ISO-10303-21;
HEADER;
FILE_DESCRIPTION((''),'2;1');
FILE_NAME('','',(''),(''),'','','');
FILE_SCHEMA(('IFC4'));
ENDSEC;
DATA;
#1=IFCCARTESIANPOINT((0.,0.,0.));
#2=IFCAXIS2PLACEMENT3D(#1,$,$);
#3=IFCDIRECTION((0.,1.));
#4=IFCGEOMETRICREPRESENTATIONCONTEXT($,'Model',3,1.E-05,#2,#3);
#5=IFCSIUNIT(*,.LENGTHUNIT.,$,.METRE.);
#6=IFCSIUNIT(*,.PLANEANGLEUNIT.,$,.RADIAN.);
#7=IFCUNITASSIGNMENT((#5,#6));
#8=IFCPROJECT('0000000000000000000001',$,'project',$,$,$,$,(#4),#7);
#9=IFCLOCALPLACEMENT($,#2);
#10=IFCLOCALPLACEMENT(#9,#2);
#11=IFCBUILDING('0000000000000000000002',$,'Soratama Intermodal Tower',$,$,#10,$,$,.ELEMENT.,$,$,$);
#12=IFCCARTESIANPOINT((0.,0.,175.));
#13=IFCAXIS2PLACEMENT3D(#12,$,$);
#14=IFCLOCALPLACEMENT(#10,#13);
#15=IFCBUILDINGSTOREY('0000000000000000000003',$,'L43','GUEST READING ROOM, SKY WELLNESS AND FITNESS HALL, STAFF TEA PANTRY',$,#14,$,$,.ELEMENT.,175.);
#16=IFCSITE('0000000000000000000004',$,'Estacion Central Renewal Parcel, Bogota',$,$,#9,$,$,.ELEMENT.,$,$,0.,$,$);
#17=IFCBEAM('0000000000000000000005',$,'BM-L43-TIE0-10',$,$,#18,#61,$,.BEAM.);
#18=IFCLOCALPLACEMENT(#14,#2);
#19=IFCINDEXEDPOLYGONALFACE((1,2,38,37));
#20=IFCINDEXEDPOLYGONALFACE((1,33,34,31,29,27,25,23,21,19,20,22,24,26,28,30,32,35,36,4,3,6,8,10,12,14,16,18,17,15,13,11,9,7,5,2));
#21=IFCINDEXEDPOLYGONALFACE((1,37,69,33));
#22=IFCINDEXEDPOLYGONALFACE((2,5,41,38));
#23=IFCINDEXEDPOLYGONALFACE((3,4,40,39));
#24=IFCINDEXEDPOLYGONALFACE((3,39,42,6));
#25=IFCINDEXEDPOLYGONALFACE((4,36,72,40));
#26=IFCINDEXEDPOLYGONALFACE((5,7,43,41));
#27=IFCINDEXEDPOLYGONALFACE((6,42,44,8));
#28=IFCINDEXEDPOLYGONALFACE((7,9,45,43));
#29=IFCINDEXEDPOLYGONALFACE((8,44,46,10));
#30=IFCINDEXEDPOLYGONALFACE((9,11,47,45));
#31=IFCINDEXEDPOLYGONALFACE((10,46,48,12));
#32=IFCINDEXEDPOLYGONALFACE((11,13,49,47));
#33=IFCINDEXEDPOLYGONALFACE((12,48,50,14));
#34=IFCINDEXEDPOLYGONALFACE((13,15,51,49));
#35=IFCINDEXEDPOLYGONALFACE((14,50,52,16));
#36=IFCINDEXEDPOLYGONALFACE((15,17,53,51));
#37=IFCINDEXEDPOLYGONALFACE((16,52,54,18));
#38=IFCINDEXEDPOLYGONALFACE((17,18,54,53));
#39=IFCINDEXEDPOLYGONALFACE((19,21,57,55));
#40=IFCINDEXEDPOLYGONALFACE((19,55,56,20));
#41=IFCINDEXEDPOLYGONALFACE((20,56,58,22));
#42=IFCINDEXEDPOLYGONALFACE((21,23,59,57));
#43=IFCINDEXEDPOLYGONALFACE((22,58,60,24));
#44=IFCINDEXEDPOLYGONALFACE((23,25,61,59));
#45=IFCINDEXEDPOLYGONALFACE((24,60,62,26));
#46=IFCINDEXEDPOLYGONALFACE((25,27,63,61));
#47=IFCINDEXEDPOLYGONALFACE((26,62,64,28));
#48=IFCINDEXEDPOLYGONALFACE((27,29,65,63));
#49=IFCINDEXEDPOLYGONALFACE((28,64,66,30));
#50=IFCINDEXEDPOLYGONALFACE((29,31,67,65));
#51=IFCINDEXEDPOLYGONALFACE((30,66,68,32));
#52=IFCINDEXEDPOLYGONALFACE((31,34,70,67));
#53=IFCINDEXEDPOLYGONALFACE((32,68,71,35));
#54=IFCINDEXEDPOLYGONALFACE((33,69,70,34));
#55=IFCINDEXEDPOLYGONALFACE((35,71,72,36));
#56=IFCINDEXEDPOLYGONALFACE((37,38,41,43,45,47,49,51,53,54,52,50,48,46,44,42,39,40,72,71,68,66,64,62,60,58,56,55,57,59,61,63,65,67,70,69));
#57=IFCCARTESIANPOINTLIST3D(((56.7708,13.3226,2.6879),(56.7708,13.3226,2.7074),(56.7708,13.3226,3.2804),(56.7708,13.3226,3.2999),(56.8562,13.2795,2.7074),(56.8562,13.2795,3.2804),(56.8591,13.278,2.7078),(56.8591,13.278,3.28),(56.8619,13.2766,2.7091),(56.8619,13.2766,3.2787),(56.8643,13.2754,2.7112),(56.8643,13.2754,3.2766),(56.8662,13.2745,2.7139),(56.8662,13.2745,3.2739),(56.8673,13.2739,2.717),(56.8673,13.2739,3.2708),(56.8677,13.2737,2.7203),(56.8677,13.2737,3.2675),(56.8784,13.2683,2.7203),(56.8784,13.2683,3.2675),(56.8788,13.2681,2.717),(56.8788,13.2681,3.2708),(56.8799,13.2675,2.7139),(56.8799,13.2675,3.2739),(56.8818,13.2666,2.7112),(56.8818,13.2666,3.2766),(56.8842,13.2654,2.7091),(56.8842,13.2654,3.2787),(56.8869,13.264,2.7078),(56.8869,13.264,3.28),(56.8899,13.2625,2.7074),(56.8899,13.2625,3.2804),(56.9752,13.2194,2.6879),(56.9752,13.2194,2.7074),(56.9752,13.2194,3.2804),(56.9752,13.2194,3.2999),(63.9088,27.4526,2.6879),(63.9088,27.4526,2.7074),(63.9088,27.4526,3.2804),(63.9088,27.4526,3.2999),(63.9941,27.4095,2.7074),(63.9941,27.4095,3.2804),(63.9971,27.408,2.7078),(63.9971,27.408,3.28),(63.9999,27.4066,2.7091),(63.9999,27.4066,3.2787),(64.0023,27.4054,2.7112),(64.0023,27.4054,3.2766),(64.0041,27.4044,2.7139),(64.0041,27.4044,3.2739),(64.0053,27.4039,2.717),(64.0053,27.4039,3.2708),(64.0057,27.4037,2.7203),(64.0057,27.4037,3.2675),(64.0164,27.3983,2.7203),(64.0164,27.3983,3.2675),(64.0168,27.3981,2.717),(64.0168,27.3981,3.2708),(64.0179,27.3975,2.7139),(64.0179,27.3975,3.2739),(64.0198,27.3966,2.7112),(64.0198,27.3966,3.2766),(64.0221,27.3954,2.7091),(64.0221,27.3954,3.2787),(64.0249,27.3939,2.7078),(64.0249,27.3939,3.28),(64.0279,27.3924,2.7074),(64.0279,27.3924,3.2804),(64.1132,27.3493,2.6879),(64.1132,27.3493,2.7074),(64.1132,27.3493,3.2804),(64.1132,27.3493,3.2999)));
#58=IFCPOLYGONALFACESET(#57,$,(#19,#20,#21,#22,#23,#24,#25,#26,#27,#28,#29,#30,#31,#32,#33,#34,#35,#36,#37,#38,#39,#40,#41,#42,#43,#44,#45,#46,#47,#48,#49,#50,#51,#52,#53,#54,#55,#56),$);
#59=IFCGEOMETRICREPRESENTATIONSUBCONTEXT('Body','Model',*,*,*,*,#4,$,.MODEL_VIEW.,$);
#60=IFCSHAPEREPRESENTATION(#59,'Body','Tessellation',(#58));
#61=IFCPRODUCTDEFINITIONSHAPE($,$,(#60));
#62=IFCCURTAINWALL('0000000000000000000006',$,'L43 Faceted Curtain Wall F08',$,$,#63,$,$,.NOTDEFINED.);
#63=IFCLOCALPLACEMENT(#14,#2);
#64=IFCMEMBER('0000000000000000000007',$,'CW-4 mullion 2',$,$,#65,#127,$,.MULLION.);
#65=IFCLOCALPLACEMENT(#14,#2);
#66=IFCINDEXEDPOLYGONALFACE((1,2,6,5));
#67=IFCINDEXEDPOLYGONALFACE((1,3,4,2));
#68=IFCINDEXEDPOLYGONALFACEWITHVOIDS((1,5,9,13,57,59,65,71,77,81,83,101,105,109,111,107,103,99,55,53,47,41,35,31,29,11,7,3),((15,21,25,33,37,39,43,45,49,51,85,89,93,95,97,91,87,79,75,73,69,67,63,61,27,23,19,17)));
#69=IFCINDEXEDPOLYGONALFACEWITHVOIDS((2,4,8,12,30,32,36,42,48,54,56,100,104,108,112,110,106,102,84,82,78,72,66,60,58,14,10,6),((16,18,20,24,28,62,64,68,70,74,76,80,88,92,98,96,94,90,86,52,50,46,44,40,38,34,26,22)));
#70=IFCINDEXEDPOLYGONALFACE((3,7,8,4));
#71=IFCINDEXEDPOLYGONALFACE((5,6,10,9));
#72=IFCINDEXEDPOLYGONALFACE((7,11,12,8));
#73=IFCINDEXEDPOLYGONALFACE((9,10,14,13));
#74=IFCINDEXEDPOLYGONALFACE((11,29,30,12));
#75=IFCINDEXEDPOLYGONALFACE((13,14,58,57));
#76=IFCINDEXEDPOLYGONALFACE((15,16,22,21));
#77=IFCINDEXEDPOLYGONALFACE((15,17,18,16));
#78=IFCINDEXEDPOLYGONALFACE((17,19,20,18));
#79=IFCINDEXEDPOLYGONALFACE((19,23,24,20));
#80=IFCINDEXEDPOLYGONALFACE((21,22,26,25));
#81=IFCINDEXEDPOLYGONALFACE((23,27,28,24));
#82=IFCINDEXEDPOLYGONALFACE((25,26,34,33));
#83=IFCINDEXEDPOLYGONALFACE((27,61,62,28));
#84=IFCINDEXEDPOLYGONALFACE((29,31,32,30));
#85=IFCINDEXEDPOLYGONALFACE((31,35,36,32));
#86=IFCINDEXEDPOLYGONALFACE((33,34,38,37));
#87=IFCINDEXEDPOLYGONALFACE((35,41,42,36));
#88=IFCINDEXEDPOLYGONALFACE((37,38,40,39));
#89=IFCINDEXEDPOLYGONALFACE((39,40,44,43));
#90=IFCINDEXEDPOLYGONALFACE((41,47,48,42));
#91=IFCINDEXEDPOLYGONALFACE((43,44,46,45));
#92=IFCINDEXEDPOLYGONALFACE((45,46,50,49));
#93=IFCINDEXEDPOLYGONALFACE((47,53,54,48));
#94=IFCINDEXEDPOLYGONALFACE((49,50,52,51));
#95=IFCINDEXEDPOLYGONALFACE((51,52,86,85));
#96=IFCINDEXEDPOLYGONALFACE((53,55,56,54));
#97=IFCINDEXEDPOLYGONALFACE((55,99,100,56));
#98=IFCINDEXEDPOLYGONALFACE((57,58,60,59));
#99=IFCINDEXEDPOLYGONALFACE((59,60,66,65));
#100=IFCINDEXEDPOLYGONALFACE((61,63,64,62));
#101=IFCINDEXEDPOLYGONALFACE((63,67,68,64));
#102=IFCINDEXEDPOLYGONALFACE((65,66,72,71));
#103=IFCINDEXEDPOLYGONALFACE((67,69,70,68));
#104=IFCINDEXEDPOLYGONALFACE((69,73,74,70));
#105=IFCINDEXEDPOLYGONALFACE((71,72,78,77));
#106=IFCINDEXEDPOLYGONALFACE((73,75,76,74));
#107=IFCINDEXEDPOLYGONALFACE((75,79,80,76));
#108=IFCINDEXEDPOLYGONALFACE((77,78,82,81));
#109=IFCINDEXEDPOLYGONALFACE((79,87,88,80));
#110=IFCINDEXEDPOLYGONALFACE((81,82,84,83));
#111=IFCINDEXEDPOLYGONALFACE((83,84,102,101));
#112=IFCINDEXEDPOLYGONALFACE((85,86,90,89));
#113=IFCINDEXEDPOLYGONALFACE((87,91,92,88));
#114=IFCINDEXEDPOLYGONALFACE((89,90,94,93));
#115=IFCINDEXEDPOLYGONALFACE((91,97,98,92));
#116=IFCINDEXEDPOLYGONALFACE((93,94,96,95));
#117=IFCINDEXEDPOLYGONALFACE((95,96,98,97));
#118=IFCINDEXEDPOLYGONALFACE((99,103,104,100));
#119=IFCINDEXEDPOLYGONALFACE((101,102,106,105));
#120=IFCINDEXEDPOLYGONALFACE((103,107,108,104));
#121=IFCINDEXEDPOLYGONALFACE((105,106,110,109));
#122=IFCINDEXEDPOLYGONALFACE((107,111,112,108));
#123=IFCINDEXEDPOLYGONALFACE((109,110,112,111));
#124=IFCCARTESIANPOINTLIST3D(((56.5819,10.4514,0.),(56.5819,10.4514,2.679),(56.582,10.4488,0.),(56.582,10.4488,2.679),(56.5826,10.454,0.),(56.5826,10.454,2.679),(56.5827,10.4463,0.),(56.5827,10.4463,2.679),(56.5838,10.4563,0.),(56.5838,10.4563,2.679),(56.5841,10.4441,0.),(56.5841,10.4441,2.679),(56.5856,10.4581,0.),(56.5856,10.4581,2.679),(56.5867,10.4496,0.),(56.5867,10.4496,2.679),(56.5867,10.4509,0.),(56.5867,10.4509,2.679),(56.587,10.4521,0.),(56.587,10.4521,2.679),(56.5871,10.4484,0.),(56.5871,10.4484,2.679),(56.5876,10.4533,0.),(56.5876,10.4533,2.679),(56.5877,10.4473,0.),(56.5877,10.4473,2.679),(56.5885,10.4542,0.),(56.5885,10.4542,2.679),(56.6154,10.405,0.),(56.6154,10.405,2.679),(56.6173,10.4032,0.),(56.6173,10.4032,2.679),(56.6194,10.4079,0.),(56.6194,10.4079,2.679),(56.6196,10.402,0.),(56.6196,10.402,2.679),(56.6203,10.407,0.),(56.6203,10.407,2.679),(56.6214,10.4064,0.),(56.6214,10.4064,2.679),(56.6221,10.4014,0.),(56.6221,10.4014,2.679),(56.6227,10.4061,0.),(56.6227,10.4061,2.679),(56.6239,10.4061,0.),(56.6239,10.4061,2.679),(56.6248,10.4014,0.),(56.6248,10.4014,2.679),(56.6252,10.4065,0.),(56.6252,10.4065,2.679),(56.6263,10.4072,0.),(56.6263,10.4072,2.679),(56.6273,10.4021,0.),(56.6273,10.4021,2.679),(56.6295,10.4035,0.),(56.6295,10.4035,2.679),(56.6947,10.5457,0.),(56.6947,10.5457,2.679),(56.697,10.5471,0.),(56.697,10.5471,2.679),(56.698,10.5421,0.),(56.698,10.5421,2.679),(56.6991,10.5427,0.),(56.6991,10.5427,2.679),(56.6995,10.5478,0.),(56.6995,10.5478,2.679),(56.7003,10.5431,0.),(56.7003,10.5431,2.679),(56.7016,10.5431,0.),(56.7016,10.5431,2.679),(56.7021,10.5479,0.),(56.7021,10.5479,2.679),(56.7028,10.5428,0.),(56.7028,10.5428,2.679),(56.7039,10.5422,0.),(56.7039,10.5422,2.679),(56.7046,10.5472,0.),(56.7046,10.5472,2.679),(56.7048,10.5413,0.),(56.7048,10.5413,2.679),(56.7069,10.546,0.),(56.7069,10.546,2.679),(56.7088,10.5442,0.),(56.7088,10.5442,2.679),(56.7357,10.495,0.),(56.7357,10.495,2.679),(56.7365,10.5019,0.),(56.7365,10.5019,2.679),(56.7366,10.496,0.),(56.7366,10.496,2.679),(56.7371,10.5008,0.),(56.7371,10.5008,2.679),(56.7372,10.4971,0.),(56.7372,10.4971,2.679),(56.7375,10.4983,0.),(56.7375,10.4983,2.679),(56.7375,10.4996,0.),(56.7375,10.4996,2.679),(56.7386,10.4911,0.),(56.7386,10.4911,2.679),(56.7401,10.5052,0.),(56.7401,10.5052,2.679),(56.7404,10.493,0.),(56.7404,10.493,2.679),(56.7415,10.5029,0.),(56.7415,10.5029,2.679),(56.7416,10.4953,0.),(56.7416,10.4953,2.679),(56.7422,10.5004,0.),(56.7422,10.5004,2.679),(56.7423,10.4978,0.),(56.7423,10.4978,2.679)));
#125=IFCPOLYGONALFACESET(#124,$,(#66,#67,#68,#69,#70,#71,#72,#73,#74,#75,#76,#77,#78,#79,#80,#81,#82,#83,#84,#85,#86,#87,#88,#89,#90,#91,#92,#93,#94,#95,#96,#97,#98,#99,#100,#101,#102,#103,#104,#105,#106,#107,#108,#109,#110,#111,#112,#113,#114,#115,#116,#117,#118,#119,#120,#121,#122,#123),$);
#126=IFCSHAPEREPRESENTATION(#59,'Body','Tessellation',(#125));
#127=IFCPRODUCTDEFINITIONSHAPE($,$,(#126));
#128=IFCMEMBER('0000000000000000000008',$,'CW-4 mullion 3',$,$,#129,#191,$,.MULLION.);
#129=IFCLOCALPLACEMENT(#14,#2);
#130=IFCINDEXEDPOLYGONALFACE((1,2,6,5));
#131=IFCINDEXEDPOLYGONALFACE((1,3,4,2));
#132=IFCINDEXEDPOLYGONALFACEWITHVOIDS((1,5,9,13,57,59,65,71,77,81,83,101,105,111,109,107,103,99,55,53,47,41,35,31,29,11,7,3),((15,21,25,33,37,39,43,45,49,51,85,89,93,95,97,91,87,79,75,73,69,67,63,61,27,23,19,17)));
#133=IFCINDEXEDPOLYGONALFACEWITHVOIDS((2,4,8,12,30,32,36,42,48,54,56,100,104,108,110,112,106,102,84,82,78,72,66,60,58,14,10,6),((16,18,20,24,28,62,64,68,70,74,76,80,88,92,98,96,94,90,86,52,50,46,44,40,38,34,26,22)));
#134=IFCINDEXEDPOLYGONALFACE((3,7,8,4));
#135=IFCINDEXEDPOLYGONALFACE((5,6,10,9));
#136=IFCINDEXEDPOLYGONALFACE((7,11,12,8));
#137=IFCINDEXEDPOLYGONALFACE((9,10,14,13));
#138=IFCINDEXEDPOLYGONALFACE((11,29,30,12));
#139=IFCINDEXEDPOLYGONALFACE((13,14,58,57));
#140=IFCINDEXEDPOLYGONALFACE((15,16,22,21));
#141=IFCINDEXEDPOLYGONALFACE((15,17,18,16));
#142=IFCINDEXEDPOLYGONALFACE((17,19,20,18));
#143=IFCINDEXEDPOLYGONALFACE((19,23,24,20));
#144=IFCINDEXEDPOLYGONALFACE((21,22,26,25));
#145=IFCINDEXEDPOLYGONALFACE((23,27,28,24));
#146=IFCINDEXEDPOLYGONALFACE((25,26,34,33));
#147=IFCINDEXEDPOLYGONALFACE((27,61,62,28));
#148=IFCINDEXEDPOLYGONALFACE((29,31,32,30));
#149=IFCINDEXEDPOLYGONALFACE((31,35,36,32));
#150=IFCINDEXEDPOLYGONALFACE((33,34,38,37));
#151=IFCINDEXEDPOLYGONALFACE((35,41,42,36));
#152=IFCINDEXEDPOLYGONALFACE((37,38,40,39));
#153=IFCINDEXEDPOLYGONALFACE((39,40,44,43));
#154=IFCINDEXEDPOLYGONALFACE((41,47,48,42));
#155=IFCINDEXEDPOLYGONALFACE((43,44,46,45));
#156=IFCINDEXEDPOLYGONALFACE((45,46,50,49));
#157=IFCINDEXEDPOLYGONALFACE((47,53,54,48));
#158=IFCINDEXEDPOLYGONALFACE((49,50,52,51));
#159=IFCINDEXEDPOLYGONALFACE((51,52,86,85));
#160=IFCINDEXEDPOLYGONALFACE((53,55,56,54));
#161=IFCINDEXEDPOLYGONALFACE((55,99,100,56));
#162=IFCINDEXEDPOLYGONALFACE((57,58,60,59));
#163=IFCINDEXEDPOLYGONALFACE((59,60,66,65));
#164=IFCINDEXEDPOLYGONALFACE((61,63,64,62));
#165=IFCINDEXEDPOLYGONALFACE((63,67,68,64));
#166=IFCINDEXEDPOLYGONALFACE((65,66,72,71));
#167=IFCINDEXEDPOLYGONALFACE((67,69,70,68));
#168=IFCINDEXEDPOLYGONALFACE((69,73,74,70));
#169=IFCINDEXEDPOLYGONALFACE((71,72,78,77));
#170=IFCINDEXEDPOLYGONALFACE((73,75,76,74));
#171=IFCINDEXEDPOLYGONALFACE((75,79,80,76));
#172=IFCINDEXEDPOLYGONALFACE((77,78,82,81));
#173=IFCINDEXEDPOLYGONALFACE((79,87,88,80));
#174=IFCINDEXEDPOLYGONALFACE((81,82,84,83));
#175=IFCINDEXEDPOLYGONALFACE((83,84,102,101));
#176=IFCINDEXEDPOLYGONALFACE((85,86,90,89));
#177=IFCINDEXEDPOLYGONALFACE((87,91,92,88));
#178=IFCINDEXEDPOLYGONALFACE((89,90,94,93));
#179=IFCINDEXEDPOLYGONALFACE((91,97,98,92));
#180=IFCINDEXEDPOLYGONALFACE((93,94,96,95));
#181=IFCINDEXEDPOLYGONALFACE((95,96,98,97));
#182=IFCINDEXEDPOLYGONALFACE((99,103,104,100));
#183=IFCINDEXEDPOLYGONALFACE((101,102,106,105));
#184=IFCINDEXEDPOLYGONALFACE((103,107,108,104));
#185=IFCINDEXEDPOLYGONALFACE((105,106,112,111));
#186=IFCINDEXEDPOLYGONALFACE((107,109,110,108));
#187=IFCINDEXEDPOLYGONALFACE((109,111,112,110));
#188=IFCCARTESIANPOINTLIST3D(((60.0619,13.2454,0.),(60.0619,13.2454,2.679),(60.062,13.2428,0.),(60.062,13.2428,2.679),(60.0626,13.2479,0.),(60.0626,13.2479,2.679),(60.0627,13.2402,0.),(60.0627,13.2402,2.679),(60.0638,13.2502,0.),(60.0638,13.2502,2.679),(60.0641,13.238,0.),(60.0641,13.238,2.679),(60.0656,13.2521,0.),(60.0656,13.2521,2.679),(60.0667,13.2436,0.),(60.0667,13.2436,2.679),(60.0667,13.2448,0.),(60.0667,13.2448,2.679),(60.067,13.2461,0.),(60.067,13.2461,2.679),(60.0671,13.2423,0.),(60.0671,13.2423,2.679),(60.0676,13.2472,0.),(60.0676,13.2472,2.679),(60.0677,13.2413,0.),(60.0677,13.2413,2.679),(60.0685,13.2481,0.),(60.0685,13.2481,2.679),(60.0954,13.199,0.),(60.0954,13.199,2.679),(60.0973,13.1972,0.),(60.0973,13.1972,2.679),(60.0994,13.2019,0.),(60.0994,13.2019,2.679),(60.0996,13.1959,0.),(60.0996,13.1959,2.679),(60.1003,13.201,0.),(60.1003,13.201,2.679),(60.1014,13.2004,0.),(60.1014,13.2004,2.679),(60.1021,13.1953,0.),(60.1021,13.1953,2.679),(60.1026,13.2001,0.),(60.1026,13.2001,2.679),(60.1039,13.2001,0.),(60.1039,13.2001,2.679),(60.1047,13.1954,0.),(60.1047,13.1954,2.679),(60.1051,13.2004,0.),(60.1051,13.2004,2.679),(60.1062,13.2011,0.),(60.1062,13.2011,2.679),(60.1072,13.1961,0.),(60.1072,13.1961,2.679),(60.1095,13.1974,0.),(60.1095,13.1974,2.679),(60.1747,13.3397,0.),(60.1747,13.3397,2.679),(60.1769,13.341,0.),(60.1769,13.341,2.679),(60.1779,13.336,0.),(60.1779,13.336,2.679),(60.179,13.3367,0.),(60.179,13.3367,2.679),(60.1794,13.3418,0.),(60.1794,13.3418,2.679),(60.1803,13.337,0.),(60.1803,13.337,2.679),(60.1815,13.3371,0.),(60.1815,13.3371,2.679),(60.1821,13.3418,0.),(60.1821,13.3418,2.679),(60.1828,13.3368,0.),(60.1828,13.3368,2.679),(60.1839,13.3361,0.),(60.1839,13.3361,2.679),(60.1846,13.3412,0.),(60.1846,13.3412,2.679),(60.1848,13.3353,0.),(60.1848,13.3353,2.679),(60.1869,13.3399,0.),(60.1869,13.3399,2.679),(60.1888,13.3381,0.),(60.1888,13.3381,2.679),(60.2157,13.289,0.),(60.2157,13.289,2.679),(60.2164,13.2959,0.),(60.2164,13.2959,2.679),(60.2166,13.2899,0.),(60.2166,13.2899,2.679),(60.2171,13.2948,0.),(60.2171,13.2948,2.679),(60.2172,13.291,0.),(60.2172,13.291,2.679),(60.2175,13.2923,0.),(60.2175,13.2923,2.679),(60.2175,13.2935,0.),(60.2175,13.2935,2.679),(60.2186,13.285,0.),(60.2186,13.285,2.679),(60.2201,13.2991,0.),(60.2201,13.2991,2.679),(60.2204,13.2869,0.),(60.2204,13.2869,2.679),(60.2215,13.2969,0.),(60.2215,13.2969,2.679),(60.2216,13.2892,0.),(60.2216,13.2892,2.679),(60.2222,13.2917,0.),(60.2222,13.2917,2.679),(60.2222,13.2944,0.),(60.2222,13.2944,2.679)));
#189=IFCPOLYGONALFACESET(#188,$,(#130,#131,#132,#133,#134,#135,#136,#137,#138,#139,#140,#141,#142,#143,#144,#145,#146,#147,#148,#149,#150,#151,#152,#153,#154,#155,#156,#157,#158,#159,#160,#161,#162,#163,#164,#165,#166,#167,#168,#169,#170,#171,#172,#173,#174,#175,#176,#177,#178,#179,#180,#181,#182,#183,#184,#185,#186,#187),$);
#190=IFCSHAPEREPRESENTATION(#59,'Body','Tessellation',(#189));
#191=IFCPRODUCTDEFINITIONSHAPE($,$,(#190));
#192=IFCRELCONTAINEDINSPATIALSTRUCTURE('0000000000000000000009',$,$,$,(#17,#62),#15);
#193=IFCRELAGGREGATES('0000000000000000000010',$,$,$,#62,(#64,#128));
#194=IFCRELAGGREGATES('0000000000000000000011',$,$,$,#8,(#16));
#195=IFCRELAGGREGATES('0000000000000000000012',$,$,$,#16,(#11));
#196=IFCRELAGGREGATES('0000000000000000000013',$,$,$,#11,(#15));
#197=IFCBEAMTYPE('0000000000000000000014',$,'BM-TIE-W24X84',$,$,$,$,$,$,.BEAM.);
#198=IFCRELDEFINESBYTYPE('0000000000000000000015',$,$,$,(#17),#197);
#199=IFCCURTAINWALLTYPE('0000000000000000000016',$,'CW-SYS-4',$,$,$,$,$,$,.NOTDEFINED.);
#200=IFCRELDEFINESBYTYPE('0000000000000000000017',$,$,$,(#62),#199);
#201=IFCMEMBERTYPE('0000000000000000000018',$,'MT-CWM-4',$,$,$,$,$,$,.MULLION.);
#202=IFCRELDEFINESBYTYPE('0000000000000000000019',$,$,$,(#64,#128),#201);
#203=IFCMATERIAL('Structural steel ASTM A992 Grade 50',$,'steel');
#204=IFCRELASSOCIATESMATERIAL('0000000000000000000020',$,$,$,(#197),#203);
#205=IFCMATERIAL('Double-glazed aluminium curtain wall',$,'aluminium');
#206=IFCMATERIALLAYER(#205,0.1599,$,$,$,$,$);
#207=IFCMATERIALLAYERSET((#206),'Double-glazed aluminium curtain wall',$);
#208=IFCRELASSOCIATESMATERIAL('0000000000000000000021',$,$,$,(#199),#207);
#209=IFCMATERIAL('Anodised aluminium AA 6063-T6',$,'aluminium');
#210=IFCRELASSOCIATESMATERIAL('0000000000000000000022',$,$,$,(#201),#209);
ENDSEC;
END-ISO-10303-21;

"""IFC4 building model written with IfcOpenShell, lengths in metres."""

from ifc_helpers import new_model, si_unit, direction, frame, origin, origin_2d, place, context, subcontext, project, spatial, hollow_rectangle, i_section, extrude, material, layer, layer_set, material_profile, profile_set, type_object, element, aggregate, save


model = new_model("IFC4")

# Units and contexts
model_context = context("Model", 3, precision=1e-05, world=origin(), true_north=direction((0.0, 1.0)))
body_context = subcontext(model_context, "Body", "Model", "MODEL_VIEW")
ifc_project = project(units=[si_unit("LENGTHUNIT", "METRE"), si_unit("PLANEANGLEUNIT", "RADIAN")], contexts=[model_context])

# Site, building, storey
site_placement = place(None, origin())
site = spatial("IfcSite", under=ifc_project, at=site_placement, Name="Estacion Central Renewal Parcel, Bogota", CompositionType="ELEMENT", RefElevation=0.0)
building_placement = place(site_placement, origin())
building = spatial("IfcBuilding", under=site, at=building_placement, Name="Soratama Intermodal Tower", CompositionType="ELEMENT")
storey_placement = place(building_placement, frame((0.0, 0.0, 175.0)))
storey = spatial("IfcBuildingStorey", under=building, at=storey_placement, Name="L43", Description="GUEST READING ROOM, SKY WELLNESS AND FITNESS HALL, STAFF TEA PANTRY", CompositionType="ELEMENT", Elevation=175.0)

# Beam
ifc_material_1 = material(Name="Structural steel ASTM A992 Grade 50", Category="steel")
ifc_material_profile_1 = material_profile(ifc_material_1, i_section(OverallWidth=0.229, OverallDepth=0.6121, WebThickness=0.012, FlangeThickness=0.0195, FilletRadius=0.0129, at=origin_2d()), Name="W24X84")
ifc_profile_set_1 = profile_set([ifc_material_profile_1], Name="Structural steel ASTM A992 Grade 50")
beam_type_1 = type_object("IfcBeamType", Name="BM-TIE-W24X84", PredefinedType="BEAM", material=ifc_profile_set_1)
beam_1_placement = place(storey_placement, frame((56.873, 13.271, 2.9939), z_axis=(0.450899, 0.892575, 0.0), x_axis=(-0.892575, 0.450899, 0.0)))
element("IfcBeam", 1, at=beam_1_placement, inside=storey, type_object=beam_type_1, Name="BM-L43-TIE0-10", PredefinedType="BEAM", context=body_context, shape_type="SweptSolid", body=[
    extrude(i_section(OverallWidth=0.229, OverallDepth=0.6121, WebThickness=0.012, FlangeThickness=0.0195, FilletRadius=0.0129, at=origin_2d()), origin(), (0.0, 0.0, 1.0), 15.8306),
])

# Curtain wall, members
ifc_material_2 = material(Name="Double-glazed aluminium curtain wall", Category="aluminium")
ifc_layer_1 = layer(ifc_material_2, 0.1599)
ifc_layer_set_1 = layer_set([ifc_layer_1], Name="Double-glazed aluminium curtain wall")
curtain_wall_type = type_object("IfcCurtainWallType", Name="CW-SYS-4", PredefinedType="NOTDEFINED", material=ifc_layer_set_1)
curtain_wall_placement = place(storey_placement, origin())
curtain_wall = element("IfcCurtainWall", 2, at=curtain_wall_placement, inside=storey, type_object=curtain_wall_type, Name="L43 Faceted Curtain Wall F08", PredefinedType="NOTDEFINED")
ifc_material_3 = material(Name="Anodised aluminium AA 6063-T6", Category="aluminium")
ifc_material_profile_2 = material_profile(ifc_material_3, hollow_rectangle(XDim=0.0701, YDim=0.1599, WallThickness=0.0049, InnerFilletRadius=0.0049, OuterFilletRadius=0.01, at=origin_2d()), Name="CWM160X70X5")
ifc_profile_set_2 = profile_set([ifc_material_profile_2], Name="Anodised aluminium AA 6063-T6")
member_type_1 = type_object("IfcMemberType", Name="MT-CWM-4", PredefinedType="MULLION", material=ifc_profile_set_2)
member_1_placement = place(storey_placement, frame((56.6621, 10.4746, 0.0), z_axis=(0.0, 0.0, 1.0), x_axis=(-0.626057, 0.779778, 0.0)))
member_1 = element("IfcMember", 3, at=member_1_placement, type_object=member_type_1, Name="CW-4 mullion 2", PredefinedType="MULLION", context=body_context, shape_type="SweptSolid", body=[
    extrude(hollow_rectangle(XDim=0.0701, YDim=0.1599, WallThickness=0.0049, InnerFilletRadius=0.0049, OuterFilletRadius=0.01, at=origin_2d()), origin(), (0.0, 0.0, 1.0), 2.679),
])
member_2_placement = place(storey_placement, frame((60.1421, 13.2686, 0.0), z_axis=(0.0, 0.0, 1.0), x_axis=(-0.626057, 0.779778, 0.0)))
member_2 = element("IfcMember", 4, at=member_2_placement, type_object=member_type_1, Name="CW-4 mullion 3", PredefinedType="MULLION", context=body_context, shape_type="SweptSolid", body=[
    extrude(hollow_rectangle(XDim=0.0701, YDim=0.1599, WallThickness=0.0049, InnerFilletRadius=0.0049, OuterFilletRadius=0.01, at=origin_2d()), origin(), (0.0, 0.0, 1.0), 2.679),
])
aggregate(curtain_wall, [member_1, member_2])

save(model, "model.ifc")
